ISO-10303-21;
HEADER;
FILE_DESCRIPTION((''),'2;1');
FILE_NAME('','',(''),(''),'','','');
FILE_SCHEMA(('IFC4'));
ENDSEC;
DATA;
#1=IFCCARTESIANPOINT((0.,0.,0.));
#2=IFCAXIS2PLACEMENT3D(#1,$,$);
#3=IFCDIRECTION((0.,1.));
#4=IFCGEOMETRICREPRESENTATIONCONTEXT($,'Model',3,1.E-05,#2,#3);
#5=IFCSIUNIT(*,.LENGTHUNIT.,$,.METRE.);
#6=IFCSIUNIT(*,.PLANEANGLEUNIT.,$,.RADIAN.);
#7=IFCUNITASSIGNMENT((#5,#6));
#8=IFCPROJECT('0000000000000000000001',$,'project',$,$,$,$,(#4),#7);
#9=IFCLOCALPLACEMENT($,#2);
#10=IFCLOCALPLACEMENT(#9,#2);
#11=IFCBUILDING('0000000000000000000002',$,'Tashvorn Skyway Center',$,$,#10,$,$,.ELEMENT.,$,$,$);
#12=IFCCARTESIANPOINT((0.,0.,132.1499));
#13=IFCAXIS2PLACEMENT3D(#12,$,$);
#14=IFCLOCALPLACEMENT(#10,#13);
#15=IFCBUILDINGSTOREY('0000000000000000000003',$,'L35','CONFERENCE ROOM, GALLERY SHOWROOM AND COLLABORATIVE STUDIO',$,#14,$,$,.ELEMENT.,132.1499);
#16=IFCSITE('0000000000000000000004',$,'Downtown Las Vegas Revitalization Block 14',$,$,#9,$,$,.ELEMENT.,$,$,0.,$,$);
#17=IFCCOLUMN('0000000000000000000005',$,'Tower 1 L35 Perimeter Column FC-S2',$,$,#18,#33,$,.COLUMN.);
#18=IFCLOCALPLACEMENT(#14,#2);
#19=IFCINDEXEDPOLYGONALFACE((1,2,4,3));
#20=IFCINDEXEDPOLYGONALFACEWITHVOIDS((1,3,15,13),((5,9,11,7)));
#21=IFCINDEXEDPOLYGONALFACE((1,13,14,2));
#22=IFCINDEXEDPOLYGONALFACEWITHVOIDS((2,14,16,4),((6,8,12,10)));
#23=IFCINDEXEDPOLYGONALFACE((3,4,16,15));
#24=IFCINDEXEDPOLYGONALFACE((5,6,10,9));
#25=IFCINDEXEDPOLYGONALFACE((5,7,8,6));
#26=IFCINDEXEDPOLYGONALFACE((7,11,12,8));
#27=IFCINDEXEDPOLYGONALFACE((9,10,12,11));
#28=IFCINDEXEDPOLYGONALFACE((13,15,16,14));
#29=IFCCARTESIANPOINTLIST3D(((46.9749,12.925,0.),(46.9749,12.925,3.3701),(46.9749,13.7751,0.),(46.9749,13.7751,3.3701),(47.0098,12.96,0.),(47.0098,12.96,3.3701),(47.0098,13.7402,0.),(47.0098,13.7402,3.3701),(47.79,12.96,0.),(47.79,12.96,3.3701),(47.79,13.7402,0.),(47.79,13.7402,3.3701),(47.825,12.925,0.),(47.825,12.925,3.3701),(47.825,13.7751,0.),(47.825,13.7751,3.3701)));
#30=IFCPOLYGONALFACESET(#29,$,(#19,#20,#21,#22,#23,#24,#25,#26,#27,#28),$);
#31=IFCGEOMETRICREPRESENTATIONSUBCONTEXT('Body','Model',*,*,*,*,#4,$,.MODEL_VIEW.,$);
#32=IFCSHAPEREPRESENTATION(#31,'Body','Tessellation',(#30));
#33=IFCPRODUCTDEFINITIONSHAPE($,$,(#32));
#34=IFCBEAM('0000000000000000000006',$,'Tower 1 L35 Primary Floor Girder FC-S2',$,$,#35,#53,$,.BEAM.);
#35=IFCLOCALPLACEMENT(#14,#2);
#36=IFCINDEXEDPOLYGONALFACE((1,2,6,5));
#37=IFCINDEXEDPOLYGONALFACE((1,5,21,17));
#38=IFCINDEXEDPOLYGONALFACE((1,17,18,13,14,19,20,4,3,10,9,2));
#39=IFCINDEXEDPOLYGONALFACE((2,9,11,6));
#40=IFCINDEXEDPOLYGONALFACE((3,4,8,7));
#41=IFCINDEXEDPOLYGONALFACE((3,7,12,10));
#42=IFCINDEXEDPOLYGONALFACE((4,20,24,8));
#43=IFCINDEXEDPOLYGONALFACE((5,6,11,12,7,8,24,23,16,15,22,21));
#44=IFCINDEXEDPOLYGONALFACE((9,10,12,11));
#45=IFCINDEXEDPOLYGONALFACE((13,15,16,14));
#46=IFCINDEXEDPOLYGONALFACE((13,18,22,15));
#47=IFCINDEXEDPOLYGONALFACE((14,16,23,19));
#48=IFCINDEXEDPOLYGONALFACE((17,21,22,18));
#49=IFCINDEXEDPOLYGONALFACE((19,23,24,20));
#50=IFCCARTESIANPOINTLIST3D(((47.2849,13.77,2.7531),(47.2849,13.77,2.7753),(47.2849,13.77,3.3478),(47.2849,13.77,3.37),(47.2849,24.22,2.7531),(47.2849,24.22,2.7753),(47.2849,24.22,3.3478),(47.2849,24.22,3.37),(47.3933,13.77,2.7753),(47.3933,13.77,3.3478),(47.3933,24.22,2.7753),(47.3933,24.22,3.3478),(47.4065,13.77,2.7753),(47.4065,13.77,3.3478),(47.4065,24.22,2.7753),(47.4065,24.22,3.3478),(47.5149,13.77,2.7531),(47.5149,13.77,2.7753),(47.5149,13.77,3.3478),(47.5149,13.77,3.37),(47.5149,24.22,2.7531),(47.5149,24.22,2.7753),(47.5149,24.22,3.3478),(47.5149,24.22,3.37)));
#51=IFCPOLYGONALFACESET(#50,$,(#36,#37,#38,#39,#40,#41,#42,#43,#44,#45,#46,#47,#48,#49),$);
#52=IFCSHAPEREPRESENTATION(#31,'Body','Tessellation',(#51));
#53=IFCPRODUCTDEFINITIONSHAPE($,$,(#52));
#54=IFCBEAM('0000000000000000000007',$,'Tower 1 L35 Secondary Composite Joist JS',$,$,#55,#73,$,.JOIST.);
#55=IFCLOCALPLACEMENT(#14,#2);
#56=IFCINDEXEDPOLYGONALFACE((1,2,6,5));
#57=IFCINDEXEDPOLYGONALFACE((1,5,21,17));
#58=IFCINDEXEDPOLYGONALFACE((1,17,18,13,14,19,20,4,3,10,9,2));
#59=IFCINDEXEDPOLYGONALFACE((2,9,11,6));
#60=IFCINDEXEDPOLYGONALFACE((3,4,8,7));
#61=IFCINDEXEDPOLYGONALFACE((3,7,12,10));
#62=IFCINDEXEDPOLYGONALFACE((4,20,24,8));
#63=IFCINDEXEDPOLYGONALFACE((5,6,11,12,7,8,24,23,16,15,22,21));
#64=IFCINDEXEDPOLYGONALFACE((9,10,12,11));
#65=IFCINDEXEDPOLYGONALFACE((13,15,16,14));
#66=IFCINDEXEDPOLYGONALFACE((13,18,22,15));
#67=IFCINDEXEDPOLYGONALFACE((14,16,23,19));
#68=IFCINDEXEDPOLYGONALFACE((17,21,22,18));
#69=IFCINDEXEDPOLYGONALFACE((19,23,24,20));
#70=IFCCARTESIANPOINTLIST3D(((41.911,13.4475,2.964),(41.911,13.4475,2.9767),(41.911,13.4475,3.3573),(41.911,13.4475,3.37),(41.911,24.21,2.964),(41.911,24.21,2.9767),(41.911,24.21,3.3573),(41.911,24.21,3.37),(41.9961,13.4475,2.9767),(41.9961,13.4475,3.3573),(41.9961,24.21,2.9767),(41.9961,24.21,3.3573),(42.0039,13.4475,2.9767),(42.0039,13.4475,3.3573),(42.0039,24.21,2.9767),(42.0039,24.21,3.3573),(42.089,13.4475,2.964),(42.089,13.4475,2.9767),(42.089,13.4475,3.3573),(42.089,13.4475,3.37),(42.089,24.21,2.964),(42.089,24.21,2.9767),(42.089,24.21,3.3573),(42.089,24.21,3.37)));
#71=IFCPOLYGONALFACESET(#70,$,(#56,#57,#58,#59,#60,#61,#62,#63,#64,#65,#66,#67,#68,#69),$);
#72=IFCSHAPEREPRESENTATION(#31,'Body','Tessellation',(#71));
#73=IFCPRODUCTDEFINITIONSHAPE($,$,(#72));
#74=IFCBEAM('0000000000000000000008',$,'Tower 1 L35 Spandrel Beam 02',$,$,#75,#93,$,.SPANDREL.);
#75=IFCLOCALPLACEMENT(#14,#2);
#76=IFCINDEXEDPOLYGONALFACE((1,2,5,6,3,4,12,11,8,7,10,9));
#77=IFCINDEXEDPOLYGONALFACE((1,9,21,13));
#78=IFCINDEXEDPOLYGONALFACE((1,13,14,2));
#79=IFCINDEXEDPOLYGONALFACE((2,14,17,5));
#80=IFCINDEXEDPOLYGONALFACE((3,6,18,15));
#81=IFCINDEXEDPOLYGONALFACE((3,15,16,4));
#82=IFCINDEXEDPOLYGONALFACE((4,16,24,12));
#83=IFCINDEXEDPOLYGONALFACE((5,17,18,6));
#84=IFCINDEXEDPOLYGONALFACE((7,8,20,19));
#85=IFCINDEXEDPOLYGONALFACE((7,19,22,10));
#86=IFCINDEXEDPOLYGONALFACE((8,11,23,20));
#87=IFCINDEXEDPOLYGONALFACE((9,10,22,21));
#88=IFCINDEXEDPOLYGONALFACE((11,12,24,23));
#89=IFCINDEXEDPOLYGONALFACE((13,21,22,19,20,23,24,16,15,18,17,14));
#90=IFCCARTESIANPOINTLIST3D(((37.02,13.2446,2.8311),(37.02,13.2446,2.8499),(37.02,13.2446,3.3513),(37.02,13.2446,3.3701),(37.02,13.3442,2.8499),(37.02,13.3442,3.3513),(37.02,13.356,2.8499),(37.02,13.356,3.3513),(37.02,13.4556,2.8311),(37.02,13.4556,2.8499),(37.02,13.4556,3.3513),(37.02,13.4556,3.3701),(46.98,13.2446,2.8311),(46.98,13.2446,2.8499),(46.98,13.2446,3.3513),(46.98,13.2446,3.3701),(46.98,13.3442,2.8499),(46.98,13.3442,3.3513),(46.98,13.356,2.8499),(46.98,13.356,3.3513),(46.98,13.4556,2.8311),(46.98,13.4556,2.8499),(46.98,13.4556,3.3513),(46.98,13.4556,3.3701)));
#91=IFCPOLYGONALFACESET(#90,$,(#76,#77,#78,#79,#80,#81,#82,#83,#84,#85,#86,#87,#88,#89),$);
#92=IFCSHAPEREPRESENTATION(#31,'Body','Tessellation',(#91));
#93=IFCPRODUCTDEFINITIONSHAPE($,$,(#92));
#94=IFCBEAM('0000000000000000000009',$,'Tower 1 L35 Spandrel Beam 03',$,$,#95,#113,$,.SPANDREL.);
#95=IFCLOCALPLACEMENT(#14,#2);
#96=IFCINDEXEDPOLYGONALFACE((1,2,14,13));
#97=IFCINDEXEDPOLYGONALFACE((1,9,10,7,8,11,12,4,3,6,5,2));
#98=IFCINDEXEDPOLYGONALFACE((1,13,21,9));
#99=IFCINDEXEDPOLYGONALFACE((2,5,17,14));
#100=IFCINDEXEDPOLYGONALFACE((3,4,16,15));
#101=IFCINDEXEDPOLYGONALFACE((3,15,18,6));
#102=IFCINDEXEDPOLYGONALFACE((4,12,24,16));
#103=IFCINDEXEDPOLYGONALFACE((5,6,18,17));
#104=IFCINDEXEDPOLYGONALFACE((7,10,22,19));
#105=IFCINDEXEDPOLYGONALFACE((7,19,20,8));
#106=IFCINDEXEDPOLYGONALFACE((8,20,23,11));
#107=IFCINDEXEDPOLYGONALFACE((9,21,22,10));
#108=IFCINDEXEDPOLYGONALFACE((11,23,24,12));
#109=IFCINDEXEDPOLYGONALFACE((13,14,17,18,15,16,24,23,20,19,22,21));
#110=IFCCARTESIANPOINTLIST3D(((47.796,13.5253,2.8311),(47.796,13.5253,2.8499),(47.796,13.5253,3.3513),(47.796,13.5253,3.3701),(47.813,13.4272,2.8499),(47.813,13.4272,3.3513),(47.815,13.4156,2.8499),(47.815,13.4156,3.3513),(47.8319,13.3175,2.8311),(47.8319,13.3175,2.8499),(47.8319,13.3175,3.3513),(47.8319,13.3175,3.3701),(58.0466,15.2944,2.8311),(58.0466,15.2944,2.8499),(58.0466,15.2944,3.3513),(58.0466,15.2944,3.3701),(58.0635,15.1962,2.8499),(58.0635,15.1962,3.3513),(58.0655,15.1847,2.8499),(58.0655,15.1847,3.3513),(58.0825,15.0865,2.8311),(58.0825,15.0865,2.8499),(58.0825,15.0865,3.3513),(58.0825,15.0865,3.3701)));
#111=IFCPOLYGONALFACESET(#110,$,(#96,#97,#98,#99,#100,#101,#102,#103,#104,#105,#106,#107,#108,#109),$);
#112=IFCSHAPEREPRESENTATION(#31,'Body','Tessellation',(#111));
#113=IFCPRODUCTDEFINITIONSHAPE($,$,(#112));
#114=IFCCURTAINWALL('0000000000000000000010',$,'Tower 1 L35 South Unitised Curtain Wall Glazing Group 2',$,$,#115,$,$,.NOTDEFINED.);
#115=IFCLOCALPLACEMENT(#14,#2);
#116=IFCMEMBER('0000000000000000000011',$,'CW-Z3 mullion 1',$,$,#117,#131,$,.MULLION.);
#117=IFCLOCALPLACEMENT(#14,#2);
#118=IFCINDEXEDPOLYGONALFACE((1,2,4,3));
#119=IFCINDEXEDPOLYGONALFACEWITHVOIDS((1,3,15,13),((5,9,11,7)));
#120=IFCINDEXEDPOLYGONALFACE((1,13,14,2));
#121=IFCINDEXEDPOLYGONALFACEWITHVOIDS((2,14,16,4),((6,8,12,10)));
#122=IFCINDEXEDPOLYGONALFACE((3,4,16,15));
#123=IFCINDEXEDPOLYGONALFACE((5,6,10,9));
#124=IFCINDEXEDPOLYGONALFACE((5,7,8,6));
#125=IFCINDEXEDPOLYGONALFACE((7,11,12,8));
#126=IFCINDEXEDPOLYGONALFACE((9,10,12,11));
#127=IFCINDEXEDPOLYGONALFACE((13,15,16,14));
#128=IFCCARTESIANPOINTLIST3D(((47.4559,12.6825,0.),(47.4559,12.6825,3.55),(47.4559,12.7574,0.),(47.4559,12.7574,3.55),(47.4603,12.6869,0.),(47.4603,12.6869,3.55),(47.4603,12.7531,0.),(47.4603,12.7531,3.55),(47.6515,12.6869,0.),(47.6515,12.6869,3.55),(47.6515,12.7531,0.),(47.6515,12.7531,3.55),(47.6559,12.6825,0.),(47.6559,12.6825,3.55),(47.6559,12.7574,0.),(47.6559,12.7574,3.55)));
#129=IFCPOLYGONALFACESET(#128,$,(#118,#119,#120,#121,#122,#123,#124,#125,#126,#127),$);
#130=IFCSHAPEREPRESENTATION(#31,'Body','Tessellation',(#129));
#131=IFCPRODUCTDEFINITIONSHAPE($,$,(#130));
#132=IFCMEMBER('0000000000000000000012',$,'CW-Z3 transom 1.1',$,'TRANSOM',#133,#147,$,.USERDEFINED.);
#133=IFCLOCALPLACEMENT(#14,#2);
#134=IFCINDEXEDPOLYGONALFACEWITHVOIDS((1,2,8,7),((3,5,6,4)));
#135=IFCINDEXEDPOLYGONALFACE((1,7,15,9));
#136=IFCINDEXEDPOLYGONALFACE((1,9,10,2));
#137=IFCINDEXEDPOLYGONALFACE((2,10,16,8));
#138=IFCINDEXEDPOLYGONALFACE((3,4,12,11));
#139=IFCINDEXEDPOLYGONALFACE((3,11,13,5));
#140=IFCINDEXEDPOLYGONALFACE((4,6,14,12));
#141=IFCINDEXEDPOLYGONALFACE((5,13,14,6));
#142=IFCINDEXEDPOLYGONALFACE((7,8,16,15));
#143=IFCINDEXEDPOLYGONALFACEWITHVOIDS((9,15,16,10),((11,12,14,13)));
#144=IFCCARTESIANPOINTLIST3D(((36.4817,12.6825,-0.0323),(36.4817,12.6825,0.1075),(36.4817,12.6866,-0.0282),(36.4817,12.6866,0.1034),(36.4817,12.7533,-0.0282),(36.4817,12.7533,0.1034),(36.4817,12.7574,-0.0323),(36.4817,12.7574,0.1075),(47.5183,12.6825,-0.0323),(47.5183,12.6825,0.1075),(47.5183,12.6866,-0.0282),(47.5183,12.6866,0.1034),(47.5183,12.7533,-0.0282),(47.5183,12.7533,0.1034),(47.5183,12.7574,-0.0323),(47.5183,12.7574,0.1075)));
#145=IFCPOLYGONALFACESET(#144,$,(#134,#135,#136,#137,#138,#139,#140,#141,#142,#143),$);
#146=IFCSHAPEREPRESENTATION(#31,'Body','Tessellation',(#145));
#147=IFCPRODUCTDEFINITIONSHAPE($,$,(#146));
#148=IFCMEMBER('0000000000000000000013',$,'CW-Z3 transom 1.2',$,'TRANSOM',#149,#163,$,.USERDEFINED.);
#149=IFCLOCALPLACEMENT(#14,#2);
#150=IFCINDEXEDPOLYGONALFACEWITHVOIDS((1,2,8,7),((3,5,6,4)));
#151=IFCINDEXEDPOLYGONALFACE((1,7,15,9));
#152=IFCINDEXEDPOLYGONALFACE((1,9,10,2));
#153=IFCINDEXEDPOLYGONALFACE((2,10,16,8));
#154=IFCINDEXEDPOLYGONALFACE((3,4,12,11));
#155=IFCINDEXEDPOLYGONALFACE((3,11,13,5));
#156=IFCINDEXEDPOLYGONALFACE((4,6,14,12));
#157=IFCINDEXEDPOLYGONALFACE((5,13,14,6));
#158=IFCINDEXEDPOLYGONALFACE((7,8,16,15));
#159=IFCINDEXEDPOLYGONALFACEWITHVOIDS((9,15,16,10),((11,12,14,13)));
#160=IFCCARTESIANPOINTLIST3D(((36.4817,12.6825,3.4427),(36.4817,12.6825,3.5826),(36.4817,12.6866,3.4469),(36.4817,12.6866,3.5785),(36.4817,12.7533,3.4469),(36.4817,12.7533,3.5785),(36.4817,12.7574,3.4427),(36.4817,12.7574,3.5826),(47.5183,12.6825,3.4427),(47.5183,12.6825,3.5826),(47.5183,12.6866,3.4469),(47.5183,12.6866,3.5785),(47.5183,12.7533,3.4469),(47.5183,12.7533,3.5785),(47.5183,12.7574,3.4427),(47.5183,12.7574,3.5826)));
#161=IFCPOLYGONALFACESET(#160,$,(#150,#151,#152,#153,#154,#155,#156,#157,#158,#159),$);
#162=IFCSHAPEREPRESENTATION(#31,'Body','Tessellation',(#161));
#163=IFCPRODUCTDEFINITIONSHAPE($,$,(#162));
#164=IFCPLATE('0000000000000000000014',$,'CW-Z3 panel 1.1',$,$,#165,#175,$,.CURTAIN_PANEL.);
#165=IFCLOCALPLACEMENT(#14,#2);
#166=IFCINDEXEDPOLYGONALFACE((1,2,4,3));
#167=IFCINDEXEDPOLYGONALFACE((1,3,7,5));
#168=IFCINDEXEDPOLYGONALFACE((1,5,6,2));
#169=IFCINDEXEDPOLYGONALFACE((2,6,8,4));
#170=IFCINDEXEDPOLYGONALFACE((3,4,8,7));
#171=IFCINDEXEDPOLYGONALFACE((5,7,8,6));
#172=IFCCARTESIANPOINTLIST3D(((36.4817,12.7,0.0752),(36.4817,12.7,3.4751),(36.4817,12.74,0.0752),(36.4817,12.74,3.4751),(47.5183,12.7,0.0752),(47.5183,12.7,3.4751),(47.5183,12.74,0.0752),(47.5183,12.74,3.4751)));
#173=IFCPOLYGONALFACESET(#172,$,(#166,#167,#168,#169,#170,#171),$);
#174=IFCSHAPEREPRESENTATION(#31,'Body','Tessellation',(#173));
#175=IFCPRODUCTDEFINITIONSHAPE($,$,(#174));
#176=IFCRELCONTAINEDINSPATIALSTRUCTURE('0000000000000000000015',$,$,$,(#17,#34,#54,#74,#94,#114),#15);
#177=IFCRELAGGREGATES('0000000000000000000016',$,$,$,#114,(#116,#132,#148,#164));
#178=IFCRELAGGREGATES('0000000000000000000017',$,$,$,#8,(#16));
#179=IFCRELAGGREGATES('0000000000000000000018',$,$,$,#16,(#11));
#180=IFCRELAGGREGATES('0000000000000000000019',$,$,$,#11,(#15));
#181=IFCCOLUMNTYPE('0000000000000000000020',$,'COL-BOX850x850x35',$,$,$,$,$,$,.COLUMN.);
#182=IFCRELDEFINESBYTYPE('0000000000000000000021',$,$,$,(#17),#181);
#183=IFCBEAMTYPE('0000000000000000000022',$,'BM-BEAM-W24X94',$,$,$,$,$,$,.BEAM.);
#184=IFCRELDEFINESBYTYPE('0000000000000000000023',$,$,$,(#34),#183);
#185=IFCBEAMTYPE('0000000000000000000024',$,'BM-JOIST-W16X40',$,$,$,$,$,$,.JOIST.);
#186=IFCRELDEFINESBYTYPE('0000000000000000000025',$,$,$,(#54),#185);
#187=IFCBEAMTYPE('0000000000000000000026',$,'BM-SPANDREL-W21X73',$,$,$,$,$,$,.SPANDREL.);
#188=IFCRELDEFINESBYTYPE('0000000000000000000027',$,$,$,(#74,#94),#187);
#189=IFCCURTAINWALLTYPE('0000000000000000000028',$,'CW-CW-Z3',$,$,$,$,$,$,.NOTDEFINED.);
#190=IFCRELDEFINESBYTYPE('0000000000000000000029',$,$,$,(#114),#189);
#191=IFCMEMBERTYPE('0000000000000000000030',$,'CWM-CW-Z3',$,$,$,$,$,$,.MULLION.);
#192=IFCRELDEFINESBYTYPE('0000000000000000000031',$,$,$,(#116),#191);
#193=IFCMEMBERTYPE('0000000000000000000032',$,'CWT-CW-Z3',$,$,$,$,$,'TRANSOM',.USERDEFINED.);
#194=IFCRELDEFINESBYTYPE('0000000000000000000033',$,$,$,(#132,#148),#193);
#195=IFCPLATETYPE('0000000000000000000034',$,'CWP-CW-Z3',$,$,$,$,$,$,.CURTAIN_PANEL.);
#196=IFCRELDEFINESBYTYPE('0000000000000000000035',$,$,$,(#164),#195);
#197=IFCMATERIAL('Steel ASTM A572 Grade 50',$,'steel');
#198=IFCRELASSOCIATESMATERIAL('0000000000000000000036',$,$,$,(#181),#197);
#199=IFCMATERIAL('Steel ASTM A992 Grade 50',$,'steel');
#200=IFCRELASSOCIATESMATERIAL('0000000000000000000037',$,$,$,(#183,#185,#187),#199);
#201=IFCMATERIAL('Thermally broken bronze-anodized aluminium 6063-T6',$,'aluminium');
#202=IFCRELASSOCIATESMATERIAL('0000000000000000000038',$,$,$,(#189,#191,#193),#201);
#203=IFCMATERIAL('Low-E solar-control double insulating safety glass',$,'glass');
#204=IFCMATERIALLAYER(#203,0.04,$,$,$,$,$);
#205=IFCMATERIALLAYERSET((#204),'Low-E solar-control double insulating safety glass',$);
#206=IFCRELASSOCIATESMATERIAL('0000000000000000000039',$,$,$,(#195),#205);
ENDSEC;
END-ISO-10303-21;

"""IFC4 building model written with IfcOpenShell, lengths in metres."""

from ifc_helpers import new_model, si_unit, direction, frame, origin, origin_2d, place, context, subcontext, project, spatial, rectangle, hollow_rectangle, i_section, extrude, material, layer, layer_set, material_profile, profile_set, type_object, element, aggregate, save


model = new_model("IFC4")

# Units and contexts
model_context = context("Model", 3, precision=1e-05, world=origin(), true_north=direction((0.0, 1.0)))
body_context = subcontext(model_context, "Body", "Model", "MODEL_VIEW")
ifc_project = project(units=[si_unit("LENGTHUNIT", "METRE"), si_unit("PLANEANGLEUNIT", "RADIAN")], contexts=[model_context])

# Site, building, storey
site_placement = place(None, origin())
site = spatial("IfcSite", under=ifc_project, at=site_placement, Name="Downtown Las Vegas Revitalization Block 14", CompositionType="ELEMENT", RefElevation=0.0)
building_placement = place(site_placement, origin())
building = spatial("IfcBuilding", under=site, at=building_placement, Name="Tashvorn Skyway Center", CompositionType="ELEMENT")
storey_placement = place(building_placement, frame((0.0, 0.0, 132.1499)))
storey = spatial("IfcBuildingStorey", under=building, at=storey_placement, Name="L35", Description="CONFERENCE ROOM, GALLERY SHOWROOM AND COLLABORATIVE STUDIO", CompositionType="ELEMENT", Elevation=132.1499)

# Column
ifc_material_1 = material(Name="Steel ASTM A572 Grade 50", Category="steel")
ifc_material_profile_1 = material_profile(ifc_material_1, hollow_rectangle(XDim=0.8501, YDim=0.8501, WallThickness=0.0349, at=origin_2d()), Name="BOX850x850x35")
ifc_profile_set_1 = profile_set([ifc_material_profile_1], Name="Steel ASTM A572 Grade 50")
column_type = type_object("IfcColumnType", Name="COL-BOX850x850x35", PredefinedType="COLUMN", material=ifc_profile_set_1)
column_placement = place(storey_placement, frame((47.3999, 13.3501, 0.0), z_axis=(0.0, 0.0, 1.0), x_axis=(1.0, 0.0, 0.0)))
element("IfcColumn", 1, at=column_placement, inside=storey, type_object=column_type, Name="Tower 1 L35 Perimeter Column FC-S2", PredefinedType="COLUMN", context=body_context, shape_type="SweptSolid", body=[
    extrude(hollow_rectangle(XDim=0.8501, YDim=0.8501, WallThickness=0.0349, at=origin_2d()), origin(), (0.0, 0.0, 1.0), 3.3701),
])

# Beams
ifc_material_2 = material(Name="Steel ASTM A992 Grade 50", Category="steel")
ifc_material_profile_2 = material_profile(ifc_material_2, i_section(OverallWidth=0.23, OverallDepth=0.6169, WebThickness=0.0132, FlangeThickness=0.0222, at=origin_2d()), Name="W24X94")
ifc_profile_set_2 = profile_set([ifc_material_profile_2], Name="Steel ASTM A992 Grade 50")
beam_type_1 = type_object("IfcBeamType", Name="BM-BEAM-W24X94", PredefinedType="BEAM", material=ifc_profile_set_2)
beam_1_placement = place(storey_placement, frame((47.3999, 13.77, 3.0615), z_axis=(0.0, 1.0, 0.0), x_axis=(-1.0, 0.0, 0.0)))
element("IfcBeam", 2, at=beam_1_placement, inside=storey, type_object=beam_type_1, Name="Tower 1 L35 Primary Floor Girder FC-S2", PredefinedType="BEAM", context=body_context, shape_type="SweptSolid", body=[
    extrude(i_section(OverallWidth=0.23, OverallDepth=0.6169, WebThickness=0.0132, FlangeThickness=0.0222, at=origin_2d()), origin(), (0.0, 0.0, 1.0), 10.45),
])
ifc_material_profile_3 = material_profile(ifc_material_2, i_section(OverallWidth=0.178, OverallDepth=0.406, WebThickness=0.0078, FlangeThickness=0.0127, at=origin_2d()), Name="W16X40")
ifc_profile_set_3 = profile_set([ifc_material_profile_3], Name="Steel ASTM A992 Grade 50")
beam_type_2 = type_object("IfcBeamType", Name="BM-JOIST-W16X40", PredefinedType="JOIST", material=ifc_profile_set_3)
beam_2_placement = place(storey_placement, frame((42.0, 24.21, 3.167), z_axis=(0.0, -1.0, 0.0), x_axis=(1.0, 0.0, 0.0)))
element("IfcBeam", 3, at=beam_2_placement, inside=storey, type_object=beam_type_2, Name="Tower 1 L35 Secondary Composite Joist JS", PredefinedType="JOIST", context=body_context, shape_type="SweptSolid", body=[
    extrude(i_section(OverallWidth=0.178, OverallDepth=0.406, WebThickness=0.0078, FlangeThickness=0.0127, at=origin_2d()), origin(), (0.0, 0.0, 1.0), 10.7625),
])
ifc_material_profile_4 = material_profile(ifc_material_2, i_section(OverallWidth=0.2109, OverallDepth=0.5391, WebThickness=0.0117, FlangeThickness=0.0188, at=origin_2d()), Name="W21X73")
ifc_profile_set_4 = profile_set([ifc_material_profile_4], Name="Steel ASTM A992 Grade 50")
beam_type_3 = type_object("IfcBeamType", Name="BM-SPANDREL-W21X73", PredefinedType="SPANDREL", material=ifc_profile_set_4)
beam_3_placement = place(storey_placement, frame((37.02, 13.3501, 3.1006), z_axis=(1.0, 0.0, 0.0), x_axis=(0.0, 1.0, 0.0)))
element("IfcBeam", 4, at=beam_3_placement, inside=storey, type_object=beam_type_3, Name="Tower 1 L35 Spandrel Beam 02", PredefinedType="SPANDREL", context=body_context, shape_type="SweptSolid", body=[
    extrude(i_section(OverallWidth=0.2109, OverallDepth=0.5391, WebThickness=0.0117, FlangeThickness=0.0188, at=origin_2d()), origin(), (0.0, 0.0, 1.0), 9.96),
])
beam_4_placement = place(storey_placement, frame((47.814, 13.4214, 3.1006), z_axis=(0.985432, 0.170067, 0.0), x_axis=(-0.170067, 0.985432, 0.0)))
element("IfcBeam", 5, at=beam_4_placement, inside=storey, type_object=beam_type_3, Name="Tower 1 L35 Spandrel Beam 03", PredefinedType="SPANDREL", context=body_context, shape_type="SweptSolid", body=[
    extrude(i_section(OverallWidth=0.2109, OverallDepth=0.5391, WebThickness=0.0117, FlangeThickness=0.0188, at=origin_2d()), origin(), (0.0, 0.0, 1.0), 10.4021),
])

# Curtain wall, members, plate
ifc_material_3 = material(Name="Thermally broken bronze-anodized aluminium 6063-T6", Category="aluminium")
curtain_wall_type = type_object("IfcCurtainWallType", Name="CW-CW-Z3", PredefinedType="NOTDEFINED", material=ifc_material_3)
curtain_wall_placement = place(storey_placement, origin())
curtain_wall = element("IfcCurtainWall", 6, at=curtain_wall_placement, inside=storey, type_object=curtain_wall_type, Name="Tower 1 L35 South Unitised Curtain Wall Glazing Group 2", PredefinedType="NOTDEFINED")
ifc_material_profile_5 = material_profile(ifc_material_3, hollow_rectangle(XDim=0.075, YDim=0.2, WallThickness=0.0044, at=origin_2d()), Name="ALU-MULL-75x200")
ifc_profile_set_5 = profile_set([ifc_material_profile_5], Name="Thermally broken bronze-anodized aluminium 6063-T6")
member_type_1 = type_object("IfcMemberType", Name="CWM-CW-Z3", PredefinedType="MULLION", material=ifc_profile_set_5)
member_1_placement = place(storey_placement, frame((47.5559, 12.72, 0.0), z_axis=(0.0, 0.0, 1.0), x_axis=(0.0, -1.0, 0.0)))
member_1 = element("IfcMember", 7, at=member_1_placement, type_object=member_type_1, Name="CW-Z3 mullion 1", PredefinedType="MULLION", context=body_context, shape_type="SweptSolid", body=[
    extrude(hollow_rectangle(XDim=0.075, YDim=0.2, WallThickness=0.0044, at=origin_2d()), origin(), (0.0, 0.0, 1.0), 3.55),
])
ifc_material_profile_6 = material_profile(ifc_material_3, hollow_rectangle(XDim=0.075, YDim=0.1399, WallThickness=0.0042, at=origin_2d()), Name="ALU-TRAN-75x140")
ifc_profile_set_6 = profile_set([ifc_material_profile_6], Name="Thermally broken bronze-anodized aluminium 6063-T6")
member_type_2 = type_object("IfcMemberType", Name="CWT-CW-Z3", ElementType="TRANSOM", PredefinedType="USERDEFINED", material=ifc_profile_set_6)
member_2_placement = place(storey_placement, frame((47.5183, 12.72, 0.0376), z_axis=(-1.0, 0.0, 0.0), x_axis=(0.0, -1.0, 0.0)))
member_2 = element("IfcMember", 8, at=member_2_placement, type_object=member_type_2, Name="CW-Z3 transom 1.1", ObjectType="TRANSOM", PredefinedType="USERDEFINED", context=body_context, shape_type="SweptSolid", body=[
    extrude(hollow_rectangle(XDim=0.075, YDim=0.1399, WallThickness=0.0042, at=origin_2d()), origin(), (0.0, 0.0, 1.0), 11.0366),
])
member_3_placement = place(storey_placement, frame((47.5183, 12.72, 3.5127), z_axis=(-1.0, 0.0, 0.0), x_axis=(0.0, -1.0, 0.0)))
member_3 = element("IfcMember", 9, at=member_3_placement, type_object=member_type_2, Name="CW-Z3 transom 1.2", ObjectType="TRANSOM", PredefinedType="USERDEFINED", context=body_context, shape_type="SweptSolid", body=[
    extrude(hollow_rectangle(XDim=0.075, YDim=0.1399, WallThickness=0.0042, at=origin_2d()), origin(), (0.0, 0.0, 1.0), 11.0366),
])
ifc_material_4 = material(Name="Low-E solar-control double insulating safety glass", Category="glass")
ifc_layer_1 = layer(ifc_material_4, 0.04)
ifc_layer_set_1 = layer_set([ifc_layer_1], Name="Low-E solar-control double insulating safety glass")
plate_type = type_object("IfcPlateType", Name="CWP-CW-Z3", PredefinedType="CURTAIN_PANEL", material=ifc_layer_set_1)
plate_placement = place(storey_placement, frame((42.0, 12.72, 0.0752), z_axis=(0.0, 0.0, 1.0), x_axis=(-1.0, 0.0, 0.0)))
plate = element("IfcPlate", 10, at=plate_placement, type_object=plate_type, Name="CW-Z3 panel 1.1", PredefinedType="CURTAIN_PANEL", context=body_context, shape_type="SweptSolid", body=[
    extrude(rectangle(XDim=11.0366, YDim=0.04, at=origin_2d()), origin(), (0.0, 0.0, 1.0), 3.3999),
])
aggregate(curtain_wall, [member_1, member_2, member_3, plate])

save(model, "model.ifc")
